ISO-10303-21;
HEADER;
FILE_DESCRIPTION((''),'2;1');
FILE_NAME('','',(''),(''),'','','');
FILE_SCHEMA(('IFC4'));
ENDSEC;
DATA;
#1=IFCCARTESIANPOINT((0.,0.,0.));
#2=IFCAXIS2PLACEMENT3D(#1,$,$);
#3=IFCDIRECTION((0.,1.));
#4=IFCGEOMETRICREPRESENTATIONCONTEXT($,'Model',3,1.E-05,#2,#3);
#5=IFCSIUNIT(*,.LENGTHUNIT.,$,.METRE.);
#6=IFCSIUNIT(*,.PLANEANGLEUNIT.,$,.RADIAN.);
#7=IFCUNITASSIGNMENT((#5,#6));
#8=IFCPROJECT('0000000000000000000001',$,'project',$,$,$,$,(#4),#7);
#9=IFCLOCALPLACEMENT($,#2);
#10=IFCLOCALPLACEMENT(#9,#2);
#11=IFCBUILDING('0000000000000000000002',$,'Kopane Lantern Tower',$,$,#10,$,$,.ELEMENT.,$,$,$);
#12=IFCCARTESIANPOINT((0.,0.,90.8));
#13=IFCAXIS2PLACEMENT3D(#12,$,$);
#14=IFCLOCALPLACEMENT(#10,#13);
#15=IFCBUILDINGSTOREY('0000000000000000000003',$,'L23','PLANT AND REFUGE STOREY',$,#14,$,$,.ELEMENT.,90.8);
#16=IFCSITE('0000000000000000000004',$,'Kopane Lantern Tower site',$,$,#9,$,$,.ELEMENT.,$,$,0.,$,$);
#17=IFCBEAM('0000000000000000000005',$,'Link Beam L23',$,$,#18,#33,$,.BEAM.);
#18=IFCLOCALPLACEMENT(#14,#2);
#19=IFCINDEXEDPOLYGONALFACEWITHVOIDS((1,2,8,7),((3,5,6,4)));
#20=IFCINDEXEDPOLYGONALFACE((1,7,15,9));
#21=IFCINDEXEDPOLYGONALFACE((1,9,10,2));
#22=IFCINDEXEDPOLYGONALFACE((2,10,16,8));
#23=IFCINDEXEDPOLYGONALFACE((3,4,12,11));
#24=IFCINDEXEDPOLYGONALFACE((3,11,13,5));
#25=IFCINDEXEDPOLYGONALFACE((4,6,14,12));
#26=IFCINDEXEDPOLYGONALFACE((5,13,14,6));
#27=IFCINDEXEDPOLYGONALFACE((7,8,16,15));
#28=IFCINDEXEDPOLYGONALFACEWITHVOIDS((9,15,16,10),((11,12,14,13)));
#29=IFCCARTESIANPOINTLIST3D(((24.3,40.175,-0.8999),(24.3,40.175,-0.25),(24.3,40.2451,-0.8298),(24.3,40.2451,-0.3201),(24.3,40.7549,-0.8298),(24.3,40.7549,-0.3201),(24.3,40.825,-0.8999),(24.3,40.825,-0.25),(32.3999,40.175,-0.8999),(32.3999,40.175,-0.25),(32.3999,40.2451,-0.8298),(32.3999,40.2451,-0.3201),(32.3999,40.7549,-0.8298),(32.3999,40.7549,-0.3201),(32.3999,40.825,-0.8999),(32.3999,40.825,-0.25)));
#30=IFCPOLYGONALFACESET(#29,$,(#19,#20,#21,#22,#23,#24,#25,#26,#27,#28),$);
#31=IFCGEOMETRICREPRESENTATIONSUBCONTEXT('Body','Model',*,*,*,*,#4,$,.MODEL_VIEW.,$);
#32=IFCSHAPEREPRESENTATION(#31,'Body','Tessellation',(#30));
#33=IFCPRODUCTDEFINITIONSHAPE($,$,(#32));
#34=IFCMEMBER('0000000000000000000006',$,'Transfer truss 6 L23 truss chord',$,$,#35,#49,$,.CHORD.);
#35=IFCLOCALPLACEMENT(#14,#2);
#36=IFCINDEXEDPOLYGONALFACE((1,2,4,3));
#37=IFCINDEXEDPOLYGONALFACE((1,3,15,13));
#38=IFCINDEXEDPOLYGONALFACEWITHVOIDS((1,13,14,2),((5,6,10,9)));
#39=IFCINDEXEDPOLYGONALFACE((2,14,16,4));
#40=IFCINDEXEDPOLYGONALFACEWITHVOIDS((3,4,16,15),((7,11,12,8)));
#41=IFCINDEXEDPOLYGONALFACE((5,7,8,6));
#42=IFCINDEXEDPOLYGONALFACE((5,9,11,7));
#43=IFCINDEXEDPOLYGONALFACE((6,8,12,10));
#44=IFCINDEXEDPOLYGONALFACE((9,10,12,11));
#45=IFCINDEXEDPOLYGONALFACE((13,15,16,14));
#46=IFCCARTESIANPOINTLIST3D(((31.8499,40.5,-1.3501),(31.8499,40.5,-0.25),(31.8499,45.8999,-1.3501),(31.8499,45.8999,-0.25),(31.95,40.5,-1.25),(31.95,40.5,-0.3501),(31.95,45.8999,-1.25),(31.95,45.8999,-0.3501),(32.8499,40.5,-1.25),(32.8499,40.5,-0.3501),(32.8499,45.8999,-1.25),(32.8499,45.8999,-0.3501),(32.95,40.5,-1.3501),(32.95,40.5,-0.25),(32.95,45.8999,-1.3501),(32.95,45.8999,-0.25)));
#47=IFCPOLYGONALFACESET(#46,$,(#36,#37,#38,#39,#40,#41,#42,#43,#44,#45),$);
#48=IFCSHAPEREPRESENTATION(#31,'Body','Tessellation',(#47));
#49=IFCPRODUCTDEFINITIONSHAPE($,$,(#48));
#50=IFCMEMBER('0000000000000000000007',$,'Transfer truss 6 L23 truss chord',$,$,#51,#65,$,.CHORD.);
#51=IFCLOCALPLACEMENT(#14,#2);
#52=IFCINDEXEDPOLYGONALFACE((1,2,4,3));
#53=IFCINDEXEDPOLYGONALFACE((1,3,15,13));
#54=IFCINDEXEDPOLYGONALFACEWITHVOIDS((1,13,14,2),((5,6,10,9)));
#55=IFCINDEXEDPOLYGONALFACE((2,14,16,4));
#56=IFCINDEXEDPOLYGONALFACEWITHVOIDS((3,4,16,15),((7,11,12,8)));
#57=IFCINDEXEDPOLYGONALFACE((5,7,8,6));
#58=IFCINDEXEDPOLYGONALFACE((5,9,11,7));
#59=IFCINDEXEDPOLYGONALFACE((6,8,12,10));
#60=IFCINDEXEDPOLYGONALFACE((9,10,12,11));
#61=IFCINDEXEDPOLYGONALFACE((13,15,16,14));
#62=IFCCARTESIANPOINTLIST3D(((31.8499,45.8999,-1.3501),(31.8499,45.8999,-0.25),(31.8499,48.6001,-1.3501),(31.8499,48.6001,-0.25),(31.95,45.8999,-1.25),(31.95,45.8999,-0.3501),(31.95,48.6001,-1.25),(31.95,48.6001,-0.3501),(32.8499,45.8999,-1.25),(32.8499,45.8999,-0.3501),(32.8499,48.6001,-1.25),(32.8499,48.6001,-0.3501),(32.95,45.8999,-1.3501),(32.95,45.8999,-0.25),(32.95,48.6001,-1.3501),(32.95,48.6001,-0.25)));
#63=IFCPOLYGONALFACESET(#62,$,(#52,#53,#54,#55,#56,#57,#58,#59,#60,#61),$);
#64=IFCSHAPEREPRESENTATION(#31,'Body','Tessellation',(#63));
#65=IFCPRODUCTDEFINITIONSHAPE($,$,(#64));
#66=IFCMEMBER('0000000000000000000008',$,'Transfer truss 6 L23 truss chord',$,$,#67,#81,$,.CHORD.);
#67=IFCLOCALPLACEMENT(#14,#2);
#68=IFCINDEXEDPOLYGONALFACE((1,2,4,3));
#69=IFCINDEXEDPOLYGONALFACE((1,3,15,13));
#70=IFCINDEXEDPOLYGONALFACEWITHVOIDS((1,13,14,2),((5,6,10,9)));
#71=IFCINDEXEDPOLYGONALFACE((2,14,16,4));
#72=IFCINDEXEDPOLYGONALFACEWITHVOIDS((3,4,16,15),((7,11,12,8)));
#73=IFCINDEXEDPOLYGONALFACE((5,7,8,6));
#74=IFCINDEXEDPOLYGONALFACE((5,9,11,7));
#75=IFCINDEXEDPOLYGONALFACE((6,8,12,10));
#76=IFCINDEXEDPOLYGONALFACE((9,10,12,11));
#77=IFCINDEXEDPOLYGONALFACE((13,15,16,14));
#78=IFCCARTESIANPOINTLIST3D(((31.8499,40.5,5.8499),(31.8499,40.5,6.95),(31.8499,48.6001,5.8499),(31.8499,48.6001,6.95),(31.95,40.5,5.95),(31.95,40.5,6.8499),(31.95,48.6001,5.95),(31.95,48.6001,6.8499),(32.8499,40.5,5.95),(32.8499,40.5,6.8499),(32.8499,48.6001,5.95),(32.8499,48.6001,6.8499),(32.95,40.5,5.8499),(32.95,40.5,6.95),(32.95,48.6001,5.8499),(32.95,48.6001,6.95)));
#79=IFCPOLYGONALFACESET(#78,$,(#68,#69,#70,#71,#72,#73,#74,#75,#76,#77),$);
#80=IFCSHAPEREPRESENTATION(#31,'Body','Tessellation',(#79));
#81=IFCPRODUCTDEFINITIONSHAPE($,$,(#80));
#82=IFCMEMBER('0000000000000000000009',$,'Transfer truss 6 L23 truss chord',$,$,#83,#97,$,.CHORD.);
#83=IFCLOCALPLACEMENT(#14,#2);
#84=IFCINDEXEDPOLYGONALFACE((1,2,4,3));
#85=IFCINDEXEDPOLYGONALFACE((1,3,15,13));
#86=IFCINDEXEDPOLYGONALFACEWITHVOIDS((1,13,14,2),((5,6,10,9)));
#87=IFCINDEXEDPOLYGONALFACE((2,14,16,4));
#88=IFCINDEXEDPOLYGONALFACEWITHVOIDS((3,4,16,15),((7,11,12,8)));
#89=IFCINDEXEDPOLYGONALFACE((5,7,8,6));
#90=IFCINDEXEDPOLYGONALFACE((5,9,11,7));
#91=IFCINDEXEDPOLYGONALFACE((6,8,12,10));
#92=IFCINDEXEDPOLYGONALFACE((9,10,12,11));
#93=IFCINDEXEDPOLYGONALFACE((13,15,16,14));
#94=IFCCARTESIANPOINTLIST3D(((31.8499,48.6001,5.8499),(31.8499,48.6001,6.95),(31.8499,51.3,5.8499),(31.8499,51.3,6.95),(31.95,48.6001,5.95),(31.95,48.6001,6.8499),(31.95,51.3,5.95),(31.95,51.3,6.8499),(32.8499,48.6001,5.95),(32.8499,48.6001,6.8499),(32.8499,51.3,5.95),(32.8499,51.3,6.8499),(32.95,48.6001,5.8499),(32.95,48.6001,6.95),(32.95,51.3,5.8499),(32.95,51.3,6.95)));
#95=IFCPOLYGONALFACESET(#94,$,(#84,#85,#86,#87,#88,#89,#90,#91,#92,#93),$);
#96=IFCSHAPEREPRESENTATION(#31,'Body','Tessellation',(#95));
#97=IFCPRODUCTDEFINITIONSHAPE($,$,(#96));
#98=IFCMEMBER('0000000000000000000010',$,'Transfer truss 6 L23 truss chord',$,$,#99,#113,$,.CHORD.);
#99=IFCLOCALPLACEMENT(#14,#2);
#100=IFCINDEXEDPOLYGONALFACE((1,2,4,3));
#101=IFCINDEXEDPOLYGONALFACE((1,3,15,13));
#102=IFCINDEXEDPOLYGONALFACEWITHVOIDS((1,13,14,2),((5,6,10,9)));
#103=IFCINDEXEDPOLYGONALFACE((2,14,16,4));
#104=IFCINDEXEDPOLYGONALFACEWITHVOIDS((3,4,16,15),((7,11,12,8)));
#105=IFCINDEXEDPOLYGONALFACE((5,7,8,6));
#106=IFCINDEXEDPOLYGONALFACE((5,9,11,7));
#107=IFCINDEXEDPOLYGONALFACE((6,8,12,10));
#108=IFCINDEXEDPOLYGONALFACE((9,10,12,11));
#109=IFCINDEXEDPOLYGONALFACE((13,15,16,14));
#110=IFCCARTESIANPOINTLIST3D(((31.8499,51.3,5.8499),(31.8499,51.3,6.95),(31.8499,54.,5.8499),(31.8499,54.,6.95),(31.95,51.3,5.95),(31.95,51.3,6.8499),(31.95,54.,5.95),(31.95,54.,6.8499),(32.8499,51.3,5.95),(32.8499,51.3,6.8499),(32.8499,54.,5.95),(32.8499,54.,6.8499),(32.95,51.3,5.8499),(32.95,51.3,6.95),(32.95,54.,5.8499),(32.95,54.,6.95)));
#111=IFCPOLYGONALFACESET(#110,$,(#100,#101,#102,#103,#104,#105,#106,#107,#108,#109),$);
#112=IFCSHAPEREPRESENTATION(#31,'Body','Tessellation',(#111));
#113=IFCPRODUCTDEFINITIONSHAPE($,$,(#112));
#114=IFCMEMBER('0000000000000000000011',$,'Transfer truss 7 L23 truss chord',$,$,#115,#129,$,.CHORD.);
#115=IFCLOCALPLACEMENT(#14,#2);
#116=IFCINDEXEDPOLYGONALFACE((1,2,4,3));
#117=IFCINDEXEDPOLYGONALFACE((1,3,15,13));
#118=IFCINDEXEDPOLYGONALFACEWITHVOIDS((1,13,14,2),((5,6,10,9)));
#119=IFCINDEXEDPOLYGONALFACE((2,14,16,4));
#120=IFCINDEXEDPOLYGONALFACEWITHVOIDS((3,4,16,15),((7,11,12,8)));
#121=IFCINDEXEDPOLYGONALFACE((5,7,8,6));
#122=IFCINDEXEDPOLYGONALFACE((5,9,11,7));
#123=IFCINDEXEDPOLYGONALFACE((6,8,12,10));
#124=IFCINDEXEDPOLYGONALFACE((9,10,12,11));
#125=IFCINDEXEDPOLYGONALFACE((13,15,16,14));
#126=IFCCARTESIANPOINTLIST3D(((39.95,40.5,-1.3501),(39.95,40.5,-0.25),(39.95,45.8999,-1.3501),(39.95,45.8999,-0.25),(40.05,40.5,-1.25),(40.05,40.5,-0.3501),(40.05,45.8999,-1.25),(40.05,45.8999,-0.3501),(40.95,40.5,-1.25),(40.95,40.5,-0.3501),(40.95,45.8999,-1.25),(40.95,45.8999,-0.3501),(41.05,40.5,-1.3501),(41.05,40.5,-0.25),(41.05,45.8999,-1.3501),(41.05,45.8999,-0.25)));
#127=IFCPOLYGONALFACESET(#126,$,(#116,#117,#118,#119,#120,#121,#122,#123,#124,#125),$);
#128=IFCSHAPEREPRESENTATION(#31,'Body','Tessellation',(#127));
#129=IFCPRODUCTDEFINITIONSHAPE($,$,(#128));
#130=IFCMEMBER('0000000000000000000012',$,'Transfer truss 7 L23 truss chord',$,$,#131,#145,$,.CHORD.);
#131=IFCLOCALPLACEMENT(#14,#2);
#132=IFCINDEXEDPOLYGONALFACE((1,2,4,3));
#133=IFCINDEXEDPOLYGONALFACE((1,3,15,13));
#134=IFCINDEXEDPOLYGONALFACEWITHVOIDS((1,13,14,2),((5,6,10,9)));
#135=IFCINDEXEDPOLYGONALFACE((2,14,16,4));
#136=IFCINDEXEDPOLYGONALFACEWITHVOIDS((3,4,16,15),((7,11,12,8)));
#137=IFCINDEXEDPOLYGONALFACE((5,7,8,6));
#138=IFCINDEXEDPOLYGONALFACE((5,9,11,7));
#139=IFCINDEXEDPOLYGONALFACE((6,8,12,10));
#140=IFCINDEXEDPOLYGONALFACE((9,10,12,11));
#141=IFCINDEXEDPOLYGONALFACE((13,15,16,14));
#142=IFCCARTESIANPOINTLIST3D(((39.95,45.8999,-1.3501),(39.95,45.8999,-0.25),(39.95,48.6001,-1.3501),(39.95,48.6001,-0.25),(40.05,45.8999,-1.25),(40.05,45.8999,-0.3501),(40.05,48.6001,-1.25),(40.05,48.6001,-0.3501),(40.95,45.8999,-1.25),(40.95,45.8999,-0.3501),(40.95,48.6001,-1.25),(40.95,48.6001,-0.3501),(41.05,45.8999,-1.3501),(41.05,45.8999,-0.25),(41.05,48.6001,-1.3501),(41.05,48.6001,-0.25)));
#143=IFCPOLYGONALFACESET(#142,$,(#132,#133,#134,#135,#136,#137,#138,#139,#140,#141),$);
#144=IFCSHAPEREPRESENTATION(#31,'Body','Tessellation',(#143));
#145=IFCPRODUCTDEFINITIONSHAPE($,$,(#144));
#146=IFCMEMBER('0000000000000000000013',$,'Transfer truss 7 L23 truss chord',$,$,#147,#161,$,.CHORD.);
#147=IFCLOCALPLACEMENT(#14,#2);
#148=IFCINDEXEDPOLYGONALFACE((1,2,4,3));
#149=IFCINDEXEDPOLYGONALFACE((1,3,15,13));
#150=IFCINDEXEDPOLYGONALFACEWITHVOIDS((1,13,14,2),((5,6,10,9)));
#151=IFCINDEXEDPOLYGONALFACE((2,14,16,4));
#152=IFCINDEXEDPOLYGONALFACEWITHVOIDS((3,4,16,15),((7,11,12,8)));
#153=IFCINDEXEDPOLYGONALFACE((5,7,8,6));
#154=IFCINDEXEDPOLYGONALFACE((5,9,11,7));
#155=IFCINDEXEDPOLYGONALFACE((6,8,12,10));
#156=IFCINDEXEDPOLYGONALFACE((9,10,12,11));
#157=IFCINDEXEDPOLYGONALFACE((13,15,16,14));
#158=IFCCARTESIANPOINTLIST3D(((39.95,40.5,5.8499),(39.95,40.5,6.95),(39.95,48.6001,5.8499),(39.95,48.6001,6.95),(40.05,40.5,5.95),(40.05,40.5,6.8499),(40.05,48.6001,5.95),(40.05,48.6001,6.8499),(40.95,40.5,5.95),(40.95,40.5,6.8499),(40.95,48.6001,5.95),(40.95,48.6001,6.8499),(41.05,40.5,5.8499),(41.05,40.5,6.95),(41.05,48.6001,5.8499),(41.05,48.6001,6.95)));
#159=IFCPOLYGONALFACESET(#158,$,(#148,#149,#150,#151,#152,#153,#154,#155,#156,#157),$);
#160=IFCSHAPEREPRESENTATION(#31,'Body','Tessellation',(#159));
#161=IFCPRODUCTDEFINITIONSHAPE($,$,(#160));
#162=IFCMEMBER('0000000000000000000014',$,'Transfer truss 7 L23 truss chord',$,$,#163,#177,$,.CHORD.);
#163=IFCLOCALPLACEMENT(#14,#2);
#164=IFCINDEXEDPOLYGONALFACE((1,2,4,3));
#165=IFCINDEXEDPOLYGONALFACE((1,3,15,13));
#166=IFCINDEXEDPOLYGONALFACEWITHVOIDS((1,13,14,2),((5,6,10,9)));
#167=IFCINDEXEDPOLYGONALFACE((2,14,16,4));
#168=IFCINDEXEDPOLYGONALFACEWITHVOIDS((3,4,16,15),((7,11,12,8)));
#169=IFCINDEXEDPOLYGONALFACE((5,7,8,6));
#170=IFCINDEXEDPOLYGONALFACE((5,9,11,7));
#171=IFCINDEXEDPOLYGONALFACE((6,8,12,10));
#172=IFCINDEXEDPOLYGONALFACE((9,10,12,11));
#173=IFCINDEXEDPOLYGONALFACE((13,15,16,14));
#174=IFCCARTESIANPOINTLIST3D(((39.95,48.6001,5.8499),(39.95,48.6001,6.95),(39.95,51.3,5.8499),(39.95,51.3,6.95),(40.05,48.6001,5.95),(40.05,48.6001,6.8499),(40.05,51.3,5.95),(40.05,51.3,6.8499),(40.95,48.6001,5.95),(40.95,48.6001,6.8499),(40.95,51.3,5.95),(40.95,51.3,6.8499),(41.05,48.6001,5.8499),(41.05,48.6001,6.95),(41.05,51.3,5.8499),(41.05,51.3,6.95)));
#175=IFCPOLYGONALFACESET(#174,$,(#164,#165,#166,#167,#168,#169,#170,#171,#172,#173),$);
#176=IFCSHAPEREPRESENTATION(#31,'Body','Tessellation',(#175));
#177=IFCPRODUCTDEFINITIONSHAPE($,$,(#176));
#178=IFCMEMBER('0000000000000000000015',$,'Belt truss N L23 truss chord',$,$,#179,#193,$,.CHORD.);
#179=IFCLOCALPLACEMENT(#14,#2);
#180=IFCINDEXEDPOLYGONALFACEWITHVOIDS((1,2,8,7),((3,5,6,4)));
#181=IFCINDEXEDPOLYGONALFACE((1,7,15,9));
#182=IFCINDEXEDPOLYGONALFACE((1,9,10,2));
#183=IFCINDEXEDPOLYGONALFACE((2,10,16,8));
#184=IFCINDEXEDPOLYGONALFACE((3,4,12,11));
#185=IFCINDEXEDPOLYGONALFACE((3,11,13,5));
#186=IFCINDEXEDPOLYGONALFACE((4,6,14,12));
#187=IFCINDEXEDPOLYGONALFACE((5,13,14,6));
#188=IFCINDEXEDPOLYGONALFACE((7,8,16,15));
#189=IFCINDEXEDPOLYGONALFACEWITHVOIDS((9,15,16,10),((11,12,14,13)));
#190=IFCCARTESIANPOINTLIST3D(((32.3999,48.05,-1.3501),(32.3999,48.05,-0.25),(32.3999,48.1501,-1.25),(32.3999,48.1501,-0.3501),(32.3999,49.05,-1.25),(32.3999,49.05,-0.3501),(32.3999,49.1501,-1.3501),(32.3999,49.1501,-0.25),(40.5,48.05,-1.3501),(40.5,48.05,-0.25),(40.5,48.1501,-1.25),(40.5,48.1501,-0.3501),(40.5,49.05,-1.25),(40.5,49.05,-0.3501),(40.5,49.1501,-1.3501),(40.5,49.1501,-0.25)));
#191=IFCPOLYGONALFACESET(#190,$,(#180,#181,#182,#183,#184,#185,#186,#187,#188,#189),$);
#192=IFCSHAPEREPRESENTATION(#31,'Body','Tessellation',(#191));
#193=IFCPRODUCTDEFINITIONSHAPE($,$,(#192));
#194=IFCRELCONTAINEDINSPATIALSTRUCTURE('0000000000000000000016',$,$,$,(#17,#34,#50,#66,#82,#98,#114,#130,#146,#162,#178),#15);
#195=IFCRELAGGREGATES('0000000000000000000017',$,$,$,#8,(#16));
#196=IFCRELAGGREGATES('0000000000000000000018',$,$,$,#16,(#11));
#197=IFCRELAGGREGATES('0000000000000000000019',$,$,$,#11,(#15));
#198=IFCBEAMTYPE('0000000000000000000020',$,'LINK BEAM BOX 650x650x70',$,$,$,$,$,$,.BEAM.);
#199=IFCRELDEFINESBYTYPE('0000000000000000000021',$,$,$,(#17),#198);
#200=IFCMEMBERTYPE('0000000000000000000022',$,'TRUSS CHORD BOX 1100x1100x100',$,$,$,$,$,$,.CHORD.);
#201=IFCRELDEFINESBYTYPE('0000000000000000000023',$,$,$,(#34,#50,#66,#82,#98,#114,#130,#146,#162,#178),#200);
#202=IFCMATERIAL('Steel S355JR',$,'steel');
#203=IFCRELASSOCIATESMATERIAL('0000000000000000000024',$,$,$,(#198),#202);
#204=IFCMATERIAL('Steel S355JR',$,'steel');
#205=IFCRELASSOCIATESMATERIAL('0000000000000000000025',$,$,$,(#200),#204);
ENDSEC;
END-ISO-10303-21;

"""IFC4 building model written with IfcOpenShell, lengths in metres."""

from ifc_helpers import new_model, si_unit, direction, frame, origin, origin_2d, place, context, subcontext, project, spatial, hollow_rectangle, extrude, material, material_profile, profile_set, type_object, element, save


model = new_model("IFC4")

# Units and contexts
model_context = context("Model", 3, precision=1e-05, world=origin(), true_north=direction((0.0, 1.0)))
body_context = subcontext(model_context, "Body", "Model", "MODEL_VIEW")
ifc_project = project(units=[si_unit("LENGTHUNIT", "METRE"), si_unit("PLANEANGLEUNIT", "RADIAN")], contexts=[model_context])

# Site, building, storey
site_placement = place(None, origin())
site = spatial("IfcSite", under=ifc_project, at=site_placement, Name="Kopane Lantern Tower site", CompositionType="ELEMENT", RefElevation=0.0)
building_placement = place(site_placement, origin())
building = spatial("IfcBuilding", under=site, at=building_placement, Name="Kopane Lantern Tower", CompositionType="ELEMENT")
storey_placement = place(building_placement, frame((0.0, 0.0, 90.8)))
storey = spatial("IfcBuildingStorey", under=building, at=storey_placement, Name="L23", Description="PLANT AND REFUGE STOREY", CompositionType="ELEMENT", Elevation=90.8)

# Beam
ifc_material_1 = material(Name="Steel S355JR", Category="steel")
ifc_material_profile_1 = material_profile(ifc_material_1, hollow_rectangle(XDim=0.6499, YDim=0.6499, WallThickness=0.0701, at=origin_2d()), Name="BOX 650x650x70")
ifc_profile_set_1 = profile_set([ifc_material_profile_1], Name="Steel S355JR")
beam_type_1 = type_object("IfcBeamType", Name="LINK BEAM BOX 650x650x70", PredefinedType="BEAM", material=ifc_profile_set_1)
beam_1_placement = place(storey_placement, frame((24.3, 40.5, -0.575), z_axis=(1.0, 0.0, 0.0), x_axis=(0.0, 1.0, 0.0)))
element("IfcBeam", 1, at=beam_1_placement, inside=storey, type_object=beam_type_1, Name="Link Beam L23", PredefinedType="BEAM", context=body_context, shape_type="SweptSolid", body=[
    extrude(hollow_rectangle(XDim=0.6499, YDim=0.6499, WallThickness=0.0701, at=origin_2d()), origin(), (0.0, 0.0, 1.0), 8.0999),
])

# Members
ifc_material_2 = material(Name="Steel S355JR", Category="steel")
ifc_material_profile_2 = material_profile(ifc_material_2, hollow_rectangle(XDim=1.1001, YDim=1.1001, WallThickness=0.1001, at=origin_2d()), Name="BOX 1100x1100x100")
ifc_profile_set_2 = profile_set([ifc_material_profile_2], Name="Steel S355JR")
member_type_1 = type_object("IfcMemberType", Name="TRUSS CHORD BOX 1100x1100x100", PredefinedType="CHORD", material=ifc_profile_set_2)
member_1_placement = place(storey_placement, frame((32.3999, 40.5, -0.8), z_axis=(0.0, 1.0, 0.0), x_axis=(-1.0, 0.0, 0.0)))
element("IfcMember", 2, at=member_1_placement, inside=storey, type_object=member_type_1, Name="Transfer truss 6 L23 truss chord", PredefinedType="CHORD", context=body_context, shape_type="SweptSolid", body=[
    extrude(hollow_rectangle(XDim=1.1001, YDim=1.1001, WallThickness=0.1001, at=origin_2d()), origin(), (0.0, 0.0, 1.0), 5.3999),
])
member_2_placement = place(storey_placement, frame((32.3999, 45.8999, -0.8), z_axis=(0.0, 1.0, 0.0), x_axis=(-1.0, 0.0, 0.0)))
element("IfcMember", 3, at=member_2_placement, inside=storey, type_object=member_type_1, Name="Transfer truss 6 L23 truss chord", PredefinedType="CHORD", context=body_context, shape_type="SweptSolid", body=[
    extrude(hollow_rectangle(XDim=1.1001, YDim=1.1001, WallThickness=0.1001, at=origin_2d()), origin(), (0.0, 0.0, 1.0), 2.7002),
])
member_3_placement = place(storey_placement, frame((32.3999, 40.5, 6.3999), z_axis=(0.0, 1.0, 0.0), x_axis=(-1.0, 0.0, 0.0)))
element("IfcMember", 4, at=member_3_placement, inside=storey, type_object=member_type_1, Name="Transfer truss 6 L23 truss chord", PredefinedType="CHORD", context=body_context, shape_type="SweptSolid", body=[
    extrude(hollow_rectangle(XDim=1.1001, YDim=1.1001, WallThickness=0.1001, at=origin_2d()), origin(), (0.0, 0.0, 1.0), 8.1001),
])
for number, where, z_axis, x_axis, name in (
    (5, (32.3999, 48.6001, 6.3999), (0.0, 1.0, 0.0), (-1.0, 0.0, 0.0), "Transfer truss 6 L23 truss chord"),
    (6, (32.3999, 51.3, 6.3999), (0.0, 1.0, 0.0), (-1.0, 0.0, 0.0), "Transfer truss 6 L23 truss chord"),
):
    element("IfcMember", number, at=place(storey_placement, frame(where, z_axis=z_axis, x_axis=x_axis)), inside=storey, type_object=member_type_1, Name=name, PredefinedType="CHORD", context=body_context, shape_type="SweptSolid", body=[
        extrude(hollow_rectangle(XDim=1.1001, YDim=1.1001, WallThickness=0.1001, at=origin_2d()), origin(), (0.0, 0.0, 1.0), 2.7),
    ])
member_4_placement = place(storey_placement, frame((40.5, 40.5, -0.8), z_axis=(0.0, 1.0, 0.0), x_axis=(-1.0, 0.0, 0.0)))
element("IfcMember", 7, at=member_4_placement, inside=storey, type_object=member_type_1, Name="Transfer truss 7 L23 truss chord", PredefinedType="CHORD", context=body_context, shape_type="SweptSolid", body=[
    extrude(hollow_rectangle(XDim=1.1001, YDim=1.1001, WallThickness=0.1001, at=origin_2d()), origin(), (0.0, 0.0, 1.0), 5.3999),
])
member_5_placement = place(storey_placement, frame((40.5, 45.8999, -0.8), z_axis=(0.0, 1.0, 0.0), x_axis=(-1.0, 0.0, 0.0)))
element("IfcMember", 8, at=member_5_placement, inside=storey, type_object=member_type_1, Name="Transfer truss 7 L23 truss chord", PredefinedType="CHORD", context=body_context, shape_type="SweptSolid", body=[
    extrude(hollow_rectangle(XDim=1.1001, YDim=1.1001, WallThickness=0.1001, at=origin_2d()), origin(), (0.0, 0.0, 1.0), 2.7002),
])
member_6_placement = place(storey_placement, frame((40.5, 40.5, 6.3999), z_axis=(0.0, 1.0, 0.0), x_axis=(-1.0, 0.0, 0.0)))
element("IfcMember", 9, at=member_6_placement, inside=storey, type_object=member_type_1, Name="Transfer truss 7 L23 truss chord", PredefinedType="CHORD", context=body_context, shape_type="SweptSolid", body=[
    extrude(hollow_rectangle(XDim=1.1001, YDim=1.1001, WallThickness=0.1001, at=origin_2d()), origin(), (0.0, 0.0, 1.0), 8.1001),
])
member_7_placement = place(storey_placement, frame((40.5, 48.6001, 6.3999), z_axis=(0.0, 1.0, 0.0), x_axis=(-1.0, 0.0, 0.0)))
element("IfcMember", 10, at=member_7_placement, inside=storey, type_object=member_type_1, Name="Transfer truss 7 L23 truss chord", PredefinedType="CHORD", context=body_context, shape_type="SweptSolid", body=[
    extrude(hollow_rectangle(XDim=1.1001, YDim=1.1001, WallThickness=0.1001, at=origin_2d()), origin(), (0.0, 0.0, 1.0), 2.7),
])
for number, where, z_axis, x_axis, name in (
    (11, (32.3999, 48.6001, -0.8), (1.0, 0.0, 0.0), (0.0, 1.0, 0.0), "Belt truss N L23 truss chord"),
):
    element("IfcMember", number, at=place(storey_placement, frame(where, z_axis=z_axis, x_axis=x_axis)), inside=storey, type_object=member_type_1, Name=name, PredefinedType="CHORD", context=body_context, shape_type="SweptSolid", body=[
        extrude(hollow_rectangle(XDim=1.1001, YDim=1.1001, WallThickness=0.1001, at=origin_2d()), origin(), (0.0, 0.0, 1.0), 8.1001),
    ])

save(model, "model.ifc")
